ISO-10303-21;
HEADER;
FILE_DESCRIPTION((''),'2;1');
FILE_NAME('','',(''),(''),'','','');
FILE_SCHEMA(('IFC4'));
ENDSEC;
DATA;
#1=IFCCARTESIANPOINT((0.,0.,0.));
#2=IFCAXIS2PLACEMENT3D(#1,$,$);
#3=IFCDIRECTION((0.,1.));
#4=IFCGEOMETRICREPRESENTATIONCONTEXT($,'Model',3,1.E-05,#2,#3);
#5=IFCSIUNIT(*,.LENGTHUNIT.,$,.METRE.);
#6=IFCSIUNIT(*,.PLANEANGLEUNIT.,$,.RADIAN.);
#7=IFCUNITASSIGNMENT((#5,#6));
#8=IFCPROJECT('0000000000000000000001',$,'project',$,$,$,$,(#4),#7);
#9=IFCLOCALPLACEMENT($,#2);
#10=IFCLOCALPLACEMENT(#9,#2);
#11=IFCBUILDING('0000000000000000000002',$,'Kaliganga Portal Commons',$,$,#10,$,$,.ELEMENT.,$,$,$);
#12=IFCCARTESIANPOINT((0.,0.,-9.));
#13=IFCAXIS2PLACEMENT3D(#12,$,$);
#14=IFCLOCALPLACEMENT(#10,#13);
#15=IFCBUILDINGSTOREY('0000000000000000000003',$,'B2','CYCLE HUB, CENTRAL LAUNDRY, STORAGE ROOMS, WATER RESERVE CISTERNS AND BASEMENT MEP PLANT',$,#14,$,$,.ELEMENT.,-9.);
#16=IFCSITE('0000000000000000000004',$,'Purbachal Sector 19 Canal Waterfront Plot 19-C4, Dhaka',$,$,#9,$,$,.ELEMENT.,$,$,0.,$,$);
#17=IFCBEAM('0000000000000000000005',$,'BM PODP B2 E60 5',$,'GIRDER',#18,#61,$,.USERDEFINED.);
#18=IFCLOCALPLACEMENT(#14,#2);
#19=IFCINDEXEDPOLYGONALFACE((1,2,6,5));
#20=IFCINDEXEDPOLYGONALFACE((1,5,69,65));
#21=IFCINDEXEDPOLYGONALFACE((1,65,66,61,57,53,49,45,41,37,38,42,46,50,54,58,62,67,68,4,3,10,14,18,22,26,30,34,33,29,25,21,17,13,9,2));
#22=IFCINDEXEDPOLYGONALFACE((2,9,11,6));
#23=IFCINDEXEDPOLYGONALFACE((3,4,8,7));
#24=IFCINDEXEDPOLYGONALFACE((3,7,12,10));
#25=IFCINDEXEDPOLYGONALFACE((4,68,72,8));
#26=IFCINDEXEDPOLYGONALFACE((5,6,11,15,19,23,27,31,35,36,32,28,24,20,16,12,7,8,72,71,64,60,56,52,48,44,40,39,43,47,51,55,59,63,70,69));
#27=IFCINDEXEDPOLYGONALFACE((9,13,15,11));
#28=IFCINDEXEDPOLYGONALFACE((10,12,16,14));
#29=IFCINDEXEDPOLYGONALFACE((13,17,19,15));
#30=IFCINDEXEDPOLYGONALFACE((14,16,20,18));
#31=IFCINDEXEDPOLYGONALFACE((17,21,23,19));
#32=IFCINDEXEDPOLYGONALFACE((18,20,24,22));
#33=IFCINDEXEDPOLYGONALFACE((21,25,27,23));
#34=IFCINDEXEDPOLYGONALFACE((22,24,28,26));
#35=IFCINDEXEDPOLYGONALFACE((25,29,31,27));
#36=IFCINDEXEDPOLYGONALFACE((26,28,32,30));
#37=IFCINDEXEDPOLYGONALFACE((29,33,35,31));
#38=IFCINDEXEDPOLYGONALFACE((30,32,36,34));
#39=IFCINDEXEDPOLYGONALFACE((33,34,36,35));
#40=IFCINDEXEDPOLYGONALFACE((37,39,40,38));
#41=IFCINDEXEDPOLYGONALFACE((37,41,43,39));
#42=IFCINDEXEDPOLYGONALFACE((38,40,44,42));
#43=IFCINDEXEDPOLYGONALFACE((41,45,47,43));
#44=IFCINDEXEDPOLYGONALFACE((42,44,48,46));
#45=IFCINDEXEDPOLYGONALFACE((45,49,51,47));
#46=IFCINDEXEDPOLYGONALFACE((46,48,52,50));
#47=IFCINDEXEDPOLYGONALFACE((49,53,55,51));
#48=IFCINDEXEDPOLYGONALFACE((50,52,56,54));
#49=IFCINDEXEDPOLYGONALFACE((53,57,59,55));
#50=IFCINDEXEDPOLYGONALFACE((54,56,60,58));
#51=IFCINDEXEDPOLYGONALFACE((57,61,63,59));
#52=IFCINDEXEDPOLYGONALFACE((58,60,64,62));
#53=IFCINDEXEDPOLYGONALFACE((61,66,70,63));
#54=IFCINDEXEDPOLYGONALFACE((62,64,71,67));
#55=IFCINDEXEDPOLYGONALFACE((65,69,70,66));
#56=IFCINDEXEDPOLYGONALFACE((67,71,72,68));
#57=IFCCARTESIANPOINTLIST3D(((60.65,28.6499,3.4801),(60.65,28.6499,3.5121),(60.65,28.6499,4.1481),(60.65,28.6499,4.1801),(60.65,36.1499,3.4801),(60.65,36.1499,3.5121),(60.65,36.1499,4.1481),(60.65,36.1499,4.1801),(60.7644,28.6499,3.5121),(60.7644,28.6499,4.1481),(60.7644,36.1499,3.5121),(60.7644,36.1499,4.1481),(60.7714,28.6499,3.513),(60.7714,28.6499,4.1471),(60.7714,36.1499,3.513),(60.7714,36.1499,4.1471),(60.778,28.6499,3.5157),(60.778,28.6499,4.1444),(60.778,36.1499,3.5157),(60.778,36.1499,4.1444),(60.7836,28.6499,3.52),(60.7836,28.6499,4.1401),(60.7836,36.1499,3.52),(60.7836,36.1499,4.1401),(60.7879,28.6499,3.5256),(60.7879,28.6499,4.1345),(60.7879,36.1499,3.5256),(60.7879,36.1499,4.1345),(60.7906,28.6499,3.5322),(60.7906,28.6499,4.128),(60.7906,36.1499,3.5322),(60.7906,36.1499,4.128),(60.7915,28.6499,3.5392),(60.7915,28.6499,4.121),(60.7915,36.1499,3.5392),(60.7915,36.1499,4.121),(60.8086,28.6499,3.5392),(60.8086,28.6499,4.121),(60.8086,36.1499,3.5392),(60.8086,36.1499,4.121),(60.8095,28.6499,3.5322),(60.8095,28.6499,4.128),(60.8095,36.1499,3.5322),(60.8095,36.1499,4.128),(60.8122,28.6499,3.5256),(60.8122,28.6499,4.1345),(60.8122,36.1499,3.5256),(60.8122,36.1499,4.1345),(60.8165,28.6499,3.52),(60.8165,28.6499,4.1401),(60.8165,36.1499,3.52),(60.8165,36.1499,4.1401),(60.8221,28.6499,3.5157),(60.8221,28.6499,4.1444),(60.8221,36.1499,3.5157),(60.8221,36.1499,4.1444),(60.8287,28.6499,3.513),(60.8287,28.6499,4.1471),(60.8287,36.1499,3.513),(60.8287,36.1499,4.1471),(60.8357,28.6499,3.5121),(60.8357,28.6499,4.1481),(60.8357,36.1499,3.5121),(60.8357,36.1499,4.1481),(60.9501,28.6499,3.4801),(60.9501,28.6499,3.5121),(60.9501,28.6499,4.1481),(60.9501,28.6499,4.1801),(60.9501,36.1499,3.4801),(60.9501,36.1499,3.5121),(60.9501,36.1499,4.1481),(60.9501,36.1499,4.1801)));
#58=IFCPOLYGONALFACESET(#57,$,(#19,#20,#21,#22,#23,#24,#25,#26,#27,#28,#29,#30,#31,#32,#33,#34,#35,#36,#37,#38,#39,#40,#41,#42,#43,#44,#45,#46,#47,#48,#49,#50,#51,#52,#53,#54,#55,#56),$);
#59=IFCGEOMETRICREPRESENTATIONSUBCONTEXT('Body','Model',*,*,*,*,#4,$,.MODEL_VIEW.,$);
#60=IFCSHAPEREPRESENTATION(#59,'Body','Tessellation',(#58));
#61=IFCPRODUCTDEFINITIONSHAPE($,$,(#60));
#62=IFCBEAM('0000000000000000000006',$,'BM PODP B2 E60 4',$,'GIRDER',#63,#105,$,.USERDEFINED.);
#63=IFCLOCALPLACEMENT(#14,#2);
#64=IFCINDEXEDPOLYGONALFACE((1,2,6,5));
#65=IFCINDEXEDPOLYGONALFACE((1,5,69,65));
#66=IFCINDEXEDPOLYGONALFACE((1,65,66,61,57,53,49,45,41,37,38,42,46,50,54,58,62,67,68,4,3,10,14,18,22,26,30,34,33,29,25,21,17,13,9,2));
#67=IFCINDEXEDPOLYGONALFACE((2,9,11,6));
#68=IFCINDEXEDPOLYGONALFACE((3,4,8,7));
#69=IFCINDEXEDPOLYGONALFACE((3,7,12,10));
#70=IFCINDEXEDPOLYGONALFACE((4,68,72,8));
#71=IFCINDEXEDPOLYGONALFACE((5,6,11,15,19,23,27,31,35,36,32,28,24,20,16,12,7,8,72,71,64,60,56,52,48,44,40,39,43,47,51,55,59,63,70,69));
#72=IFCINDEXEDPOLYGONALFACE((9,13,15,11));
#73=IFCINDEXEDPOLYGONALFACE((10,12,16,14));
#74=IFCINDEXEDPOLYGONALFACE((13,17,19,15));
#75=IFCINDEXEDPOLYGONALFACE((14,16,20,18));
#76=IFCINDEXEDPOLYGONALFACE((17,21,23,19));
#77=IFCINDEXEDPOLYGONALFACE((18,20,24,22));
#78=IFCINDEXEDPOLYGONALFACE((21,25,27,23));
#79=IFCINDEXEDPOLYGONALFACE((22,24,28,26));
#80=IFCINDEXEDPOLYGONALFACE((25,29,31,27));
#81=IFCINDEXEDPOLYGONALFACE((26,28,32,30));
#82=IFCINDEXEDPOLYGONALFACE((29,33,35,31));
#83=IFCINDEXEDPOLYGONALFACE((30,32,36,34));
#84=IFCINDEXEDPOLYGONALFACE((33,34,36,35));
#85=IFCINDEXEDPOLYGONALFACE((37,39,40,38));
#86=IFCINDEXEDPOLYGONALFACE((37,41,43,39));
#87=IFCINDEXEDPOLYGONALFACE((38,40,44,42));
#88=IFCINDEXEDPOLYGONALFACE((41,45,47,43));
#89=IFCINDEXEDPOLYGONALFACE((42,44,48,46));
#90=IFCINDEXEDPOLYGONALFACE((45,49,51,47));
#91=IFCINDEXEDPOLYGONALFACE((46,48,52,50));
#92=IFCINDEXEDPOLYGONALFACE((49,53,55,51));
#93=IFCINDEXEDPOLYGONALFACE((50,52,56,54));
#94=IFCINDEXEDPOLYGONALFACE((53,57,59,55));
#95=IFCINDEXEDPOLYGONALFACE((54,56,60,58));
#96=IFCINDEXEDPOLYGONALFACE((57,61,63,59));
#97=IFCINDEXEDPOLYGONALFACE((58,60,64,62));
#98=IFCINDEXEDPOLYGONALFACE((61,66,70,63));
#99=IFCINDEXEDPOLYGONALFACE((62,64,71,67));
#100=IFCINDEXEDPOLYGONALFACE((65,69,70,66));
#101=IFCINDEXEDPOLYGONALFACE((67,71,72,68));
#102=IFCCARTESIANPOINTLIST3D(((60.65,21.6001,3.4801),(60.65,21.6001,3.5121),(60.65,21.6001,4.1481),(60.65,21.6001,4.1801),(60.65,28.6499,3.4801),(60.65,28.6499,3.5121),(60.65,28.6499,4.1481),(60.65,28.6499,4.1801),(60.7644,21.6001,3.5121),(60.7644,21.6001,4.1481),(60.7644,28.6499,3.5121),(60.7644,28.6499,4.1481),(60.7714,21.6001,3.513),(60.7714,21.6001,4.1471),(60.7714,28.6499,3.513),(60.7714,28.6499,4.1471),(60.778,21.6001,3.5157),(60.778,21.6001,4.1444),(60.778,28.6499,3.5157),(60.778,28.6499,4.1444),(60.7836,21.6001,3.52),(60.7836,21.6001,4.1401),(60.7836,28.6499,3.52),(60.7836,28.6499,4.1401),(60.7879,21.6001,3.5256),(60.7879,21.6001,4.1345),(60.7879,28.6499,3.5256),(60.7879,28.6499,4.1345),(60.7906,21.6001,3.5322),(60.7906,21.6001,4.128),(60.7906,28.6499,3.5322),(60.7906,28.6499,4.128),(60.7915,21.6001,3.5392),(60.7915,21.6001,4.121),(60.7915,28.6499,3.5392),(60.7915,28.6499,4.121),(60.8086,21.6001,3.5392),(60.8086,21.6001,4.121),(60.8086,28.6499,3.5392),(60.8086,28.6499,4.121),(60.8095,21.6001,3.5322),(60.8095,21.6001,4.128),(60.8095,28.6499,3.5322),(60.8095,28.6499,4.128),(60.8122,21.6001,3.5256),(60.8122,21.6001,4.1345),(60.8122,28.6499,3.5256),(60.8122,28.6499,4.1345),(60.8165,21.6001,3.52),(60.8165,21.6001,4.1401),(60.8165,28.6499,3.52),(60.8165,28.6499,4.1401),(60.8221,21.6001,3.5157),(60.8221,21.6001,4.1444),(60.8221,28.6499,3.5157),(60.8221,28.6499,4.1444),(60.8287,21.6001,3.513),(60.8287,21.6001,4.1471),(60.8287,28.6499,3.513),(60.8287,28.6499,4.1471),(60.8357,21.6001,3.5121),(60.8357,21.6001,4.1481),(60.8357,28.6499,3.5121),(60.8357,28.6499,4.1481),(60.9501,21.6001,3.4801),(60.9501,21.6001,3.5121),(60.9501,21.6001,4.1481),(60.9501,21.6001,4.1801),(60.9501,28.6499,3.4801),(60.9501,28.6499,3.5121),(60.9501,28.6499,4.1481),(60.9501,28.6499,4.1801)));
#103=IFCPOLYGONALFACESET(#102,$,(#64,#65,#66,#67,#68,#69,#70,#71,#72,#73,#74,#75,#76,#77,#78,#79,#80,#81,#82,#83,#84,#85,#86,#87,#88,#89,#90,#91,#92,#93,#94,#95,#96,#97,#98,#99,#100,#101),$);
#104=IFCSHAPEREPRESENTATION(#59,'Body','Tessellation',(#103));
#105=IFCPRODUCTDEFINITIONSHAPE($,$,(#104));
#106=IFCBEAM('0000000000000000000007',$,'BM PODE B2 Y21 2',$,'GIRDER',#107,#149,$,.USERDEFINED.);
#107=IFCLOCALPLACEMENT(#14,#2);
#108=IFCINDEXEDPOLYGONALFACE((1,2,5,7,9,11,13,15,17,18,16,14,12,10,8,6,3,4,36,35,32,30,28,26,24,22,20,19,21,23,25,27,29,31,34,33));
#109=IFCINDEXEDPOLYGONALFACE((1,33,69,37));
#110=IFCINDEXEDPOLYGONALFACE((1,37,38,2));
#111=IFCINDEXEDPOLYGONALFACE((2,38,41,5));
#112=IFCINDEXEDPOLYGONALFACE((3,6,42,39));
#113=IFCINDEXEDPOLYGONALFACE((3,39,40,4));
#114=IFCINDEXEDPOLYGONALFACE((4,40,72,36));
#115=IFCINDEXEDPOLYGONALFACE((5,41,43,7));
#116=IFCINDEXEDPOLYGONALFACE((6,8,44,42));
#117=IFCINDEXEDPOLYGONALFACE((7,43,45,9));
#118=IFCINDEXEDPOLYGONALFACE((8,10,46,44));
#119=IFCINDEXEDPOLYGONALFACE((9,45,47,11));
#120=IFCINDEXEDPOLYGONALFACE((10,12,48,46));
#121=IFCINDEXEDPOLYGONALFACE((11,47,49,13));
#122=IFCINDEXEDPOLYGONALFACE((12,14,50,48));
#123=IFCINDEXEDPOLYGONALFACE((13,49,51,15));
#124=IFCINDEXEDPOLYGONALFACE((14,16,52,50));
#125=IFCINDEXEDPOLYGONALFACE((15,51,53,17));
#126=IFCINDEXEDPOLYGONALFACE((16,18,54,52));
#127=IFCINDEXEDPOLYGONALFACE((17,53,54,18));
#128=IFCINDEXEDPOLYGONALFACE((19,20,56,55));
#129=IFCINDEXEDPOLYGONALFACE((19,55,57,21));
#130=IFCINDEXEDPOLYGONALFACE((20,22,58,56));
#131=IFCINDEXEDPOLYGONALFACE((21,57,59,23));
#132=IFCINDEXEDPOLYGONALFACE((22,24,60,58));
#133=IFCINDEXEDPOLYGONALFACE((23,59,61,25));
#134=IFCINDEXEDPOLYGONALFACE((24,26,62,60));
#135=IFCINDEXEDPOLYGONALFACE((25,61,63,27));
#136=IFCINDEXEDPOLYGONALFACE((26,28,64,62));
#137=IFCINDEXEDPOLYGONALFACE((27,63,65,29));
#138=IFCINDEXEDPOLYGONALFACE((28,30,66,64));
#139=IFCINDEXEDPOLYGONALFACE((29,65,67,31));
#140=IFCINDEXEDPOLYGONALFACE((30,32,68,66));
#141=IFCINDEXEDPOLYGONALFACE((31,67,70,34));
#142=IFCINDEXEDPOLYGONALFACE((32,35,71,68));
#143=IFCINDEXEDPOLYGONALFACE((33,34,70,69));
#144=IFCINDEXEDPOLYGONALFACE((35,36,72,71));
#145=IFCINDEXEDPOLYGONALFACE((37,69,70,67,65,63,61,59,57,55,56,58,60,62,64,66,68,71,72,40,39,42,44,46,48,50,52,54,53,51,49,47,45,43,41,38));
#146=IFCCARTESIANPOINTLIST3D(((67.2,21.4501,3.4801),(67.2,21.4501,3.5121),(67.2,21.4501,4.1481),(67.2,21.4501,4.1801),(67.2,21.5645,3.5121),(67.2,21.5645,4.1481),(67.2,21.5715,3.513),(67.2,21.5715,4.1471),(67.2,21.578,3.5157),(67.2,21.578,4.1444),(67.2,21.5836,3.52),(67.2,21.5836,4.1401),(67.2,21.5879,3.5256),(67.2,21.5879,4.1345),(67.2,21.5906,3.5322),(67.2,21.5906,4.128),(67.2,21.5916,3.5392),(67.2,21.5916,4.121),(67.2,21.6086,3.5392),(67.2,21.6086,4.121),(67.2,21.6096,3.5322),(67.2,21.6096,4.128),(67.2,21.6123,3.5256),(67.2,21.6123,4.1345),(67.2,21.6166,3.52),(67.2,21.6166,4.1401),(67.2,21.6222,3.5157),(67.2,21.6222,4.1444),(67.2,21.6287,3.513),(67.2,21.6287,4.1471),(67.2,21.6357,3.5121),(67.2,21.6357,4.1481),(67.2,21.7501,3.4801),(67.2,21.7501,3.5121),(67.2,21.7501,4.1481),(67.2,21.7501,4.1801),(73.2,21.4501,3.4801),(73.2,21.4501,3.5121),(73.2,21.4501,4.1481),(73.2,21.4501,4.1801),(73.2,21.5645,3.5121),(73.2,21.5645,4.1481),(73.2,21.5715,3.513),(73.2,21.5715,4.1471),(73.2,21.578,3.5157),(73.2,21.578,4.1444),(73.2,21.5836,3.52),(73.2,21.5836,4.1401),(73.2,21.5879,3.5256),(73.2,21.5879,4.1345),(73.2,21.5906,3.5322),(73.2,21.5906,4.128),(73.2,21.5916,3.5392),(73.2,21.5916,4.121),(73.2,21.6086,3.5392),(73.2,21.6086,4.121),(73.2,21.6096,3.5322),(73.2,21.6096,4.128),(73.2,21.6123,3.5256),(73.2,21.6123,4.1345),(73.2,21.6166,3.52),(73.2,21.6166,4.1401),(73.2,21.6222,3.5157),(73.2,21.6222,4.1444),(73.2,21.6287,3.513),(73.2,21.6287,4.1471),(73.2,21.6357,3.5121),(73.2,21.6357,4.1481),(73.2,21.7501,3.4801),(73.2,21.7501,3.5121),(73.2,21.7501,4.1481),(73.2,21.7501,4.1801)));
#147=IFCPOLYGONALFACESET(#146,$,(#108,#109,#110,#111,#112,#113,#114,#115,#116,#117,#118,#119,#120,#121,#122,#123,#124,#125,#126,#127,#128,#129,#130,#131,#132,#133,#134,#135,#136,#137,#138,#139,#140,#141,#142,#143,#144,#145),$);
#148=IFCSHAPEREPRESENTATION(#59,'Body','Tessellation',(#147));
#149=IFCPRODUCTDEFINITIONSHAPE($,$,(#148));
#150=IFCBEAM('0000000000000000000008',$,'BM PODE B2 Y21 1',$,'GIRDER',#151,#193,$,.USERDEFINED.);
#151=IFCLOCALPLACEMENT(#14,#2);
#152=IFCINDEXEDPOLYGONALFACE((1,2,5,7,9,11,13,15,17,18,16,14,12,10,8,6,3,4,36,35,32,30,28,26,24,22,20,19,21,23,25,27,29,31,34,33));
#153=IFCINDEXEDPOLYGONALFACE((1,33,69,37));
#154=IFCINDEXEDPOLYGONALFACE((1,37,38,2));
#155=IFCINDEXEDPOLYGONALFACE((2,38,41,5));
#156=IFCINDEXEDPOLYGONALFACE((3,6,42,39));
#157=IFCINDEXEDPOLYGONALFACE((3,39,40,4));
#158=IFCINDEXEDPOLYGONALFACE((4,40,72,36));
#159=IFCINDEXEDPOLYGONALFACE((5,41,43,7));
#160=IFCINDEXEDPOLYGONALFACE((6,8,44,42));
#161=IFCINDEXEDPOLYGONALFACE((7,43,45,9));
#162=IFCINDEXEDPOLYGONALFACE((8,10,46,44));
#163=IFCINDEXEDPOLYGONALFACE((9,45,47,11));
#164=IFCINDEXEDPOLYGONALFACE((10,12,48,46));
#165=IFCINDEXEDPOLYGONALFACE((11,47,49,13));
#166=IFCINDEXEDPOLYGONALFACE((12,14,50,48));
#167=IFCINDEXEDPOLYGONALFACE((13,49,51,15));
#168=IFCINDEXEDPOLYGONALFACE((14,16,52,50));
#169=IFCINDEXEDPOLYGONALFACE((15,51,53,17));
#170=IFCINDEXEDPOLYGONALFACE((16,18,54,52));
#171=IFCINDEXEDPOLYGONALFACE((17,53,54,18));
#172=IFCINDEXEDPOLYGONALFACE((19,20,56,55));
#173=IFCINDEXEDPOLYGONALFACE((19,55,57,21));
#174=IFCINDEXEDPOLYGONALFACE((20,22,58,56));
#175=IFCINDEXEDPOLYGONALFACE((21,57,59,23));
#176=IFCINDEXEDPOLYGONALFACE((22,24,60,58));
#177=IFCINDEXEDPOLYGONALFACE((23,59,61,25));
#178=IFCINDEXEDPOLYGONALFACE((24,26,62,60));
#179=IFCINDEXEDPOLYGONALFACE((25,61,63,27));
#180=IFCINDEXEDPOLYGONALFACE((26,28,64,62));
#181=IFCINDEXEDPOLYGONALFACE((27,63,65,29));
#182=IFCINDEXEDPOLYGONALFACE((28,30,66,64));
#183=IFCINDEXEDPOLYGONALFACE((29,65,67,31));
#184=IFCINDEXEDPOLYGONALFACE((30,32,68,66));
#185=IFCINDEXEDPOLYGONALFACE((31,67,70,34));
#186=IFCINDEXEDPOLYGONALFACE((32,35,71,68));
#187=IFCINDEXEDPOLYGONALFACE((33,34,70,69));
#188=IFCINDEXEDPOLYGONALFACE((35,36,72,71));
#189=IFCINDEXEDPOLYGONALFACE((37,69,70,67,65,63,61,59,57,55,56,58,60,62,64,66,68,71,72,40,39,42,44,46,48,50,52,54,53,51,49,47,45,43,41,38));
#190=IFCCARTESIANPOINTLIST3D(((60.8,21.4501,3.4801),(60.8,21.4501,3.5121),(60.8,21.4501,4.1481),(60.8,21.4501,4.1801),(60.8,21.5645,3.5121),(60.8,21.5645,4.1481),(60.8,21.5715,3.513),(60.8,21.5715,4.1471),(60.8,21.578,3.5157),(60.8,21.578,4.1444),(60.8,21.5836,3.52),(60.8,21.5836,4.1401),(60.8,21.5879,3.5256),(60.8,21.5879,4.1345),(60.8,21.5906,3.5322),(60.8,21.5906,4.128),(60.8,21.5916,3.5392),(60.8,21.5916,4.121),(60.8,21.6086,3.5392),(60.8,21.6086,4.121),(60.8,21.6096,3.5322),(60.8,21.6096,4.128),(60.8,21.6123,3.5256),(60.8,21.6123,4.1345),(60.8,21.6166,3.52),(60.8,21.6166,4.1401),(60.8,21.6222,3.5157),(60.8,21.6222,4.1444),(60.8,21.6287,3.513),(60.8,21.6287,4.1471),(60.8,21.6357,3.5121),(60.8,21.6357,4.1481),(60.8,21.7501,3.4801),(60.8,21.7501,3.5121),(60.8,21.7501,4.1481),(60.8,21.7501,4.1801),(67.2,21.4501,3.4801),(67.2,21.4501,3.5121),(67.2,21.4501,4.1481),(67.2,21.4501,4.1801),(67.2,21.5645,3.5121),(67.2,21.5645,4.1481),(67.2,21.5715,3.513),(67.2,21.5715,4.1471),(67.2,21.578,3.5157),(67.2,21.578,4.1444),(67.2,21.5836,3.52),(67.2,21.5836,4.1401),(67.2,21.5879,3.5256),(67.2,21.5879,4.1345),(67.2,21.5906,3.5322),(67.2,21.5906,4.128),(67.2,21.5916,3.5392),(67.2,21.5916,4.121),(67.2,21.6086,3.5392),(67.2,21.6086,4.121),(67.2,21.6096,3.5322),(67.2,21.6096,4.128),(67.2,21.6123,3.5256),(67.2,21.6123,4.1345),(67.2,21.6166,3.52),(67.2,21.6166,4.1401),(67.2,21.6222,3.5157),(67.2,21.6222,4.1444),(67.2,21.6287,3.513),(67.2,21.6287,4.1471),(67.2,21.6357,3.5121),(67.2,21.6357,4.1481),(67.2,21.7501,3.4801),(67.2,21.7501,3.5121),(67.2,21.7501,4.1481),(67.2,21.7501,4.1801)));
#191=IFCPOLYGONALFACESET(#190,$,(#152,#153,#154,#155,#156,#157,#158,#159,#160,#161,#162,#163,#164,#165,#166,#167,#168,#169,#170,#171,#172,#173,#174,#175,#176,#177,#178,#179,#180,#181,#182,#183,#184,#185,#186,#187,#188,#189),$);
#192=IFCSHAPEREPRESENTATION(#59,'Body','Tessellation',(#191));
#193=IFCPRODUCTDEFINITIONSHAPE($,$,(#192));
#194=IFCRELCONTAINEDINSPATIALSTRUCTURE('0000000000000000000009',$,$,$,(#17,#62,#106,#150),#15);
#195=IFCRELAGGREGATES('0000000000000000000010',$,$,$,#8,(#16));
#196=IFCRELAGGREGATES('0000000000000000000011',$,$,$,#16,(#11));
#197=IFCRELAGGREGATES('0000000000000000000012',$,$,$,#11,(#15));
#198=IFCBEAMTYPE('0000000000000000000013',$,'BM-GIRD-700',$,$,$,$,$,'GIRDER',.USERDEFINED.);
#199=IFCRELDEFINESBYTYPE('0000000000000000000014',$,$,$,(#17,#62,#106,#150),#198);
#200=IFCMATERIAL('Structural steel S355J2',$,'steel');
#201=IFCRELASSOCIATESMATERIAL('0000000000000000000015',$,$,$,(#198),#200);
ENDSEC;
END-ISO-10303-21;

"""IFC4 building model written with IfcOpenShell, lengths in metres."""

from ifc_helpers import new_model, si_unit, direction, frame, origin, origin_2d, place, context, subcontext, project, spatial, i_section, extrude, source, transform, mapped, material, material_profile, profile_set, type_object, element, save


model = new_model("IFC4")

# Units and contexts
model_context = context("Model", 3, precision=1e-05, world=origin(), true_north=direction((0.0, 1.0)))
body_context = subcontext(model_context, "Body", "Model", "MODEL_VIEW")
ifc_project = project(units=[si_unit("LENGTHUNIT", "METRE"), si_unit("PLANEANGLEUNIT", "RADIAN")], contexts=[model_context])

# Site, building, storey
site_placement = place(None, origin())
site = spatial("IfcSite", under=ifc_project, at=site_placement, Name="Purbachal Sector 19 Canal Waterfront Plot 19-C4, Dhaka", CompositionType="ELEMENT", RefElevation=0.0)
building_placement = place(site_placement, origin())
building = spatial("IfcBuilding", under=site, at=building_placement, Name="Kaliganga Portal Commons", CompositionType="ELEMENT")
storey_placement = place(building_placement, frame((0.0, 0.0, -9.0)))
storey = spatial("IfcBuildingStorey", under=building, at=storey_placement, Name="B2", Description="CYCLE HUB, CENTRAL LAUNDRY, STORAGE ROOMS, WATER RESERVE CISTERNS AND BASEMENT MEP PLANT", CompositionType="ELEMENT", Elevation=-9.0)

# Beams
ifc_material_1 = material(Name="Structural steel S355J2", Category="steel")
ifc_material_profile_1 = material_profile(ifc_material_1, i_section(OverallWidth=0.3, OverallDepth=0.7, WebThickness=0.0171, FlangeThickness=0.032, FilletRadius=0.0271, at=origin_2d()), Name="HE 700 B")
ifc_profile_set_1 = profile_set([ifc_material_profile_1], Name="Structural steel S355J2 wide-flange")
beam_type_1 = type_object("IfcBeamType", Name="BM-GIRD-700", ElementType="GIRDER", PredefinedType="USERDEFINED", material=ifc_profile_set_1)
shared_shape_1 = source(origin(), body_context, "Body", "SweptSolid", [
    extrude(i_section(OverallWidth=0.3, OverallDepth=0.7, WebThickness=0.0171, FlangeThickness=0.032, FilletRadius=0.0271, at=origin_2d()), origin(), (0.0, 0.0, 1.0), 7.5),
])
beam_1_placement = place(storey_placement, frame((60.8, 28.6499, 3.8301), z_axis=(0.0, 1.0, 0.0), x_axis=(-1.0, 0.0, 0.0)))
element("IfcBeam", 1, at=beam_1_placement, inside=storey, type_object=beam_type_1, Name="BM PODP B2 E60 5", ObjectType="GIRDER", PredefinedType="USERDEFINED", context=body_context, shape_type="MappedRepresentation", body=[
    mapped(shared_shape_1, transform((0.0, 0.0, 0.0), x_axis=(1.0, 0.0, 0.0), y_axis=(0.0, 1.0, 0.0), z_axis=(0.0, 0.0, 1.0), scale=1.0)),
])
shared_shape_2 = source(origin(), body_context, "Body", "SweptSolid", [
    extrude(i_section(OverallWidth=0.3, OverallDepth=0.7, WebThickness=0.0171, FlangeThickness=0.032, FilletRadius=0.0271, at=origin_2d()), origin(), (0.0, 0.0, 1.0), 7.0498),
])
beam_2_placement = place(storey_placement, frame((60.8, 21.6001, 3.8301), z_axis=(0.0, 1.0, 0.0), x_axis=(-1.0, 0.0, 0.0)))
element("IfcBeam", 2, at=beam_2_placement, inside=storey, type_object=beam_type_1, Name="BM PODP B2 E60 4", ObjectType="GIRDER", PredefinedType="USERDEFINED", context=body_context, shape_type="MappedRepresentation", body=[
    mapped(shared_shape_2, transform((0.0, 0.0, 0.0), x_axis=(1.0, 0.0, 0.0), y_axis=(0.0, 1.0, 0.0), z_axis=(0.0, 0.0, 1.0), scale=1.0)),
])
shared_shape_3 = source(origin(), body_context, "Body", "SweptSolid", [
    extrude(i_section(OverallWidth=0.3, OverallDepth=0.7, WebThickness=0.0171, FlangeThickness=0.032, FilletRadius=0.0271, at=origin_2d()), origin(), (0.0, 0.0, 1.0), 6.0),
])
beam_3_placement = place(storey_placement, frame((67.2, 21.6001, 3.8301), z_axis=(1.0, 0.0, 0.0), x_axis=(0.0, 1.0, 0.0)))
element("IfcBeam", 3, at=beam_3_placement, inside=storey, type_object=beam_type_1, Name="BM PODE B2 Y21 2", ObjectType="GIRDER", PredefinedType="USERDEFINED", context=body_context, shape_type="MappedRepresentation", body=[
    mapped(shared_shape_3, transform((0.0, 0.0, 0.0), x_axis=(1.0, 0.0, 0.0), y_axis=(0.0, 1.0, 0.0), z_axis=(0.0, 0.0, 1.0), scale=1.0)),
])
shared_shape_4 = source(origin(), body_context, "Body", "SweptSolid", [
    extrude(i_section(OverallWidth=0.3, OverallDepth=0.7, WebThickness=0.0171, FlangeThickness=0.032, FilletRadius=0.0271, at=origin_2d()), origin(), (0.0, 0.0, 1.0), 6.3999),
])
for number, where, z_axis, x_axis, name in (
    (4, (60.8, 21.6001, 3.8301), (1.0, 0.0, 0.0), (0.0, 1.0, 0.0), "BM PODE B2 Y21 1"),
):
    element("IfcBeam", number, at=place(storey_placement, frame(where, z_axis=z_axis, x_axis=x_axis)), inside=storey, type_object=beam_type_1, Name=name, ObjectType="GIRDER", PredefinedType="USERDEFINED", context=body_context, shape_type="MappedRepresentation", body=[
        mapped(shared_shape_4, transform((0.0, 0.0, 0.0), x_axis=(1.0, 0.0, 0.0), y_axis=(0.0, 1.0, 0.0), z_axis=(0.0, 0.0, 1.0), scale=1.0)),
    ])

save(model, "model.ifc")
